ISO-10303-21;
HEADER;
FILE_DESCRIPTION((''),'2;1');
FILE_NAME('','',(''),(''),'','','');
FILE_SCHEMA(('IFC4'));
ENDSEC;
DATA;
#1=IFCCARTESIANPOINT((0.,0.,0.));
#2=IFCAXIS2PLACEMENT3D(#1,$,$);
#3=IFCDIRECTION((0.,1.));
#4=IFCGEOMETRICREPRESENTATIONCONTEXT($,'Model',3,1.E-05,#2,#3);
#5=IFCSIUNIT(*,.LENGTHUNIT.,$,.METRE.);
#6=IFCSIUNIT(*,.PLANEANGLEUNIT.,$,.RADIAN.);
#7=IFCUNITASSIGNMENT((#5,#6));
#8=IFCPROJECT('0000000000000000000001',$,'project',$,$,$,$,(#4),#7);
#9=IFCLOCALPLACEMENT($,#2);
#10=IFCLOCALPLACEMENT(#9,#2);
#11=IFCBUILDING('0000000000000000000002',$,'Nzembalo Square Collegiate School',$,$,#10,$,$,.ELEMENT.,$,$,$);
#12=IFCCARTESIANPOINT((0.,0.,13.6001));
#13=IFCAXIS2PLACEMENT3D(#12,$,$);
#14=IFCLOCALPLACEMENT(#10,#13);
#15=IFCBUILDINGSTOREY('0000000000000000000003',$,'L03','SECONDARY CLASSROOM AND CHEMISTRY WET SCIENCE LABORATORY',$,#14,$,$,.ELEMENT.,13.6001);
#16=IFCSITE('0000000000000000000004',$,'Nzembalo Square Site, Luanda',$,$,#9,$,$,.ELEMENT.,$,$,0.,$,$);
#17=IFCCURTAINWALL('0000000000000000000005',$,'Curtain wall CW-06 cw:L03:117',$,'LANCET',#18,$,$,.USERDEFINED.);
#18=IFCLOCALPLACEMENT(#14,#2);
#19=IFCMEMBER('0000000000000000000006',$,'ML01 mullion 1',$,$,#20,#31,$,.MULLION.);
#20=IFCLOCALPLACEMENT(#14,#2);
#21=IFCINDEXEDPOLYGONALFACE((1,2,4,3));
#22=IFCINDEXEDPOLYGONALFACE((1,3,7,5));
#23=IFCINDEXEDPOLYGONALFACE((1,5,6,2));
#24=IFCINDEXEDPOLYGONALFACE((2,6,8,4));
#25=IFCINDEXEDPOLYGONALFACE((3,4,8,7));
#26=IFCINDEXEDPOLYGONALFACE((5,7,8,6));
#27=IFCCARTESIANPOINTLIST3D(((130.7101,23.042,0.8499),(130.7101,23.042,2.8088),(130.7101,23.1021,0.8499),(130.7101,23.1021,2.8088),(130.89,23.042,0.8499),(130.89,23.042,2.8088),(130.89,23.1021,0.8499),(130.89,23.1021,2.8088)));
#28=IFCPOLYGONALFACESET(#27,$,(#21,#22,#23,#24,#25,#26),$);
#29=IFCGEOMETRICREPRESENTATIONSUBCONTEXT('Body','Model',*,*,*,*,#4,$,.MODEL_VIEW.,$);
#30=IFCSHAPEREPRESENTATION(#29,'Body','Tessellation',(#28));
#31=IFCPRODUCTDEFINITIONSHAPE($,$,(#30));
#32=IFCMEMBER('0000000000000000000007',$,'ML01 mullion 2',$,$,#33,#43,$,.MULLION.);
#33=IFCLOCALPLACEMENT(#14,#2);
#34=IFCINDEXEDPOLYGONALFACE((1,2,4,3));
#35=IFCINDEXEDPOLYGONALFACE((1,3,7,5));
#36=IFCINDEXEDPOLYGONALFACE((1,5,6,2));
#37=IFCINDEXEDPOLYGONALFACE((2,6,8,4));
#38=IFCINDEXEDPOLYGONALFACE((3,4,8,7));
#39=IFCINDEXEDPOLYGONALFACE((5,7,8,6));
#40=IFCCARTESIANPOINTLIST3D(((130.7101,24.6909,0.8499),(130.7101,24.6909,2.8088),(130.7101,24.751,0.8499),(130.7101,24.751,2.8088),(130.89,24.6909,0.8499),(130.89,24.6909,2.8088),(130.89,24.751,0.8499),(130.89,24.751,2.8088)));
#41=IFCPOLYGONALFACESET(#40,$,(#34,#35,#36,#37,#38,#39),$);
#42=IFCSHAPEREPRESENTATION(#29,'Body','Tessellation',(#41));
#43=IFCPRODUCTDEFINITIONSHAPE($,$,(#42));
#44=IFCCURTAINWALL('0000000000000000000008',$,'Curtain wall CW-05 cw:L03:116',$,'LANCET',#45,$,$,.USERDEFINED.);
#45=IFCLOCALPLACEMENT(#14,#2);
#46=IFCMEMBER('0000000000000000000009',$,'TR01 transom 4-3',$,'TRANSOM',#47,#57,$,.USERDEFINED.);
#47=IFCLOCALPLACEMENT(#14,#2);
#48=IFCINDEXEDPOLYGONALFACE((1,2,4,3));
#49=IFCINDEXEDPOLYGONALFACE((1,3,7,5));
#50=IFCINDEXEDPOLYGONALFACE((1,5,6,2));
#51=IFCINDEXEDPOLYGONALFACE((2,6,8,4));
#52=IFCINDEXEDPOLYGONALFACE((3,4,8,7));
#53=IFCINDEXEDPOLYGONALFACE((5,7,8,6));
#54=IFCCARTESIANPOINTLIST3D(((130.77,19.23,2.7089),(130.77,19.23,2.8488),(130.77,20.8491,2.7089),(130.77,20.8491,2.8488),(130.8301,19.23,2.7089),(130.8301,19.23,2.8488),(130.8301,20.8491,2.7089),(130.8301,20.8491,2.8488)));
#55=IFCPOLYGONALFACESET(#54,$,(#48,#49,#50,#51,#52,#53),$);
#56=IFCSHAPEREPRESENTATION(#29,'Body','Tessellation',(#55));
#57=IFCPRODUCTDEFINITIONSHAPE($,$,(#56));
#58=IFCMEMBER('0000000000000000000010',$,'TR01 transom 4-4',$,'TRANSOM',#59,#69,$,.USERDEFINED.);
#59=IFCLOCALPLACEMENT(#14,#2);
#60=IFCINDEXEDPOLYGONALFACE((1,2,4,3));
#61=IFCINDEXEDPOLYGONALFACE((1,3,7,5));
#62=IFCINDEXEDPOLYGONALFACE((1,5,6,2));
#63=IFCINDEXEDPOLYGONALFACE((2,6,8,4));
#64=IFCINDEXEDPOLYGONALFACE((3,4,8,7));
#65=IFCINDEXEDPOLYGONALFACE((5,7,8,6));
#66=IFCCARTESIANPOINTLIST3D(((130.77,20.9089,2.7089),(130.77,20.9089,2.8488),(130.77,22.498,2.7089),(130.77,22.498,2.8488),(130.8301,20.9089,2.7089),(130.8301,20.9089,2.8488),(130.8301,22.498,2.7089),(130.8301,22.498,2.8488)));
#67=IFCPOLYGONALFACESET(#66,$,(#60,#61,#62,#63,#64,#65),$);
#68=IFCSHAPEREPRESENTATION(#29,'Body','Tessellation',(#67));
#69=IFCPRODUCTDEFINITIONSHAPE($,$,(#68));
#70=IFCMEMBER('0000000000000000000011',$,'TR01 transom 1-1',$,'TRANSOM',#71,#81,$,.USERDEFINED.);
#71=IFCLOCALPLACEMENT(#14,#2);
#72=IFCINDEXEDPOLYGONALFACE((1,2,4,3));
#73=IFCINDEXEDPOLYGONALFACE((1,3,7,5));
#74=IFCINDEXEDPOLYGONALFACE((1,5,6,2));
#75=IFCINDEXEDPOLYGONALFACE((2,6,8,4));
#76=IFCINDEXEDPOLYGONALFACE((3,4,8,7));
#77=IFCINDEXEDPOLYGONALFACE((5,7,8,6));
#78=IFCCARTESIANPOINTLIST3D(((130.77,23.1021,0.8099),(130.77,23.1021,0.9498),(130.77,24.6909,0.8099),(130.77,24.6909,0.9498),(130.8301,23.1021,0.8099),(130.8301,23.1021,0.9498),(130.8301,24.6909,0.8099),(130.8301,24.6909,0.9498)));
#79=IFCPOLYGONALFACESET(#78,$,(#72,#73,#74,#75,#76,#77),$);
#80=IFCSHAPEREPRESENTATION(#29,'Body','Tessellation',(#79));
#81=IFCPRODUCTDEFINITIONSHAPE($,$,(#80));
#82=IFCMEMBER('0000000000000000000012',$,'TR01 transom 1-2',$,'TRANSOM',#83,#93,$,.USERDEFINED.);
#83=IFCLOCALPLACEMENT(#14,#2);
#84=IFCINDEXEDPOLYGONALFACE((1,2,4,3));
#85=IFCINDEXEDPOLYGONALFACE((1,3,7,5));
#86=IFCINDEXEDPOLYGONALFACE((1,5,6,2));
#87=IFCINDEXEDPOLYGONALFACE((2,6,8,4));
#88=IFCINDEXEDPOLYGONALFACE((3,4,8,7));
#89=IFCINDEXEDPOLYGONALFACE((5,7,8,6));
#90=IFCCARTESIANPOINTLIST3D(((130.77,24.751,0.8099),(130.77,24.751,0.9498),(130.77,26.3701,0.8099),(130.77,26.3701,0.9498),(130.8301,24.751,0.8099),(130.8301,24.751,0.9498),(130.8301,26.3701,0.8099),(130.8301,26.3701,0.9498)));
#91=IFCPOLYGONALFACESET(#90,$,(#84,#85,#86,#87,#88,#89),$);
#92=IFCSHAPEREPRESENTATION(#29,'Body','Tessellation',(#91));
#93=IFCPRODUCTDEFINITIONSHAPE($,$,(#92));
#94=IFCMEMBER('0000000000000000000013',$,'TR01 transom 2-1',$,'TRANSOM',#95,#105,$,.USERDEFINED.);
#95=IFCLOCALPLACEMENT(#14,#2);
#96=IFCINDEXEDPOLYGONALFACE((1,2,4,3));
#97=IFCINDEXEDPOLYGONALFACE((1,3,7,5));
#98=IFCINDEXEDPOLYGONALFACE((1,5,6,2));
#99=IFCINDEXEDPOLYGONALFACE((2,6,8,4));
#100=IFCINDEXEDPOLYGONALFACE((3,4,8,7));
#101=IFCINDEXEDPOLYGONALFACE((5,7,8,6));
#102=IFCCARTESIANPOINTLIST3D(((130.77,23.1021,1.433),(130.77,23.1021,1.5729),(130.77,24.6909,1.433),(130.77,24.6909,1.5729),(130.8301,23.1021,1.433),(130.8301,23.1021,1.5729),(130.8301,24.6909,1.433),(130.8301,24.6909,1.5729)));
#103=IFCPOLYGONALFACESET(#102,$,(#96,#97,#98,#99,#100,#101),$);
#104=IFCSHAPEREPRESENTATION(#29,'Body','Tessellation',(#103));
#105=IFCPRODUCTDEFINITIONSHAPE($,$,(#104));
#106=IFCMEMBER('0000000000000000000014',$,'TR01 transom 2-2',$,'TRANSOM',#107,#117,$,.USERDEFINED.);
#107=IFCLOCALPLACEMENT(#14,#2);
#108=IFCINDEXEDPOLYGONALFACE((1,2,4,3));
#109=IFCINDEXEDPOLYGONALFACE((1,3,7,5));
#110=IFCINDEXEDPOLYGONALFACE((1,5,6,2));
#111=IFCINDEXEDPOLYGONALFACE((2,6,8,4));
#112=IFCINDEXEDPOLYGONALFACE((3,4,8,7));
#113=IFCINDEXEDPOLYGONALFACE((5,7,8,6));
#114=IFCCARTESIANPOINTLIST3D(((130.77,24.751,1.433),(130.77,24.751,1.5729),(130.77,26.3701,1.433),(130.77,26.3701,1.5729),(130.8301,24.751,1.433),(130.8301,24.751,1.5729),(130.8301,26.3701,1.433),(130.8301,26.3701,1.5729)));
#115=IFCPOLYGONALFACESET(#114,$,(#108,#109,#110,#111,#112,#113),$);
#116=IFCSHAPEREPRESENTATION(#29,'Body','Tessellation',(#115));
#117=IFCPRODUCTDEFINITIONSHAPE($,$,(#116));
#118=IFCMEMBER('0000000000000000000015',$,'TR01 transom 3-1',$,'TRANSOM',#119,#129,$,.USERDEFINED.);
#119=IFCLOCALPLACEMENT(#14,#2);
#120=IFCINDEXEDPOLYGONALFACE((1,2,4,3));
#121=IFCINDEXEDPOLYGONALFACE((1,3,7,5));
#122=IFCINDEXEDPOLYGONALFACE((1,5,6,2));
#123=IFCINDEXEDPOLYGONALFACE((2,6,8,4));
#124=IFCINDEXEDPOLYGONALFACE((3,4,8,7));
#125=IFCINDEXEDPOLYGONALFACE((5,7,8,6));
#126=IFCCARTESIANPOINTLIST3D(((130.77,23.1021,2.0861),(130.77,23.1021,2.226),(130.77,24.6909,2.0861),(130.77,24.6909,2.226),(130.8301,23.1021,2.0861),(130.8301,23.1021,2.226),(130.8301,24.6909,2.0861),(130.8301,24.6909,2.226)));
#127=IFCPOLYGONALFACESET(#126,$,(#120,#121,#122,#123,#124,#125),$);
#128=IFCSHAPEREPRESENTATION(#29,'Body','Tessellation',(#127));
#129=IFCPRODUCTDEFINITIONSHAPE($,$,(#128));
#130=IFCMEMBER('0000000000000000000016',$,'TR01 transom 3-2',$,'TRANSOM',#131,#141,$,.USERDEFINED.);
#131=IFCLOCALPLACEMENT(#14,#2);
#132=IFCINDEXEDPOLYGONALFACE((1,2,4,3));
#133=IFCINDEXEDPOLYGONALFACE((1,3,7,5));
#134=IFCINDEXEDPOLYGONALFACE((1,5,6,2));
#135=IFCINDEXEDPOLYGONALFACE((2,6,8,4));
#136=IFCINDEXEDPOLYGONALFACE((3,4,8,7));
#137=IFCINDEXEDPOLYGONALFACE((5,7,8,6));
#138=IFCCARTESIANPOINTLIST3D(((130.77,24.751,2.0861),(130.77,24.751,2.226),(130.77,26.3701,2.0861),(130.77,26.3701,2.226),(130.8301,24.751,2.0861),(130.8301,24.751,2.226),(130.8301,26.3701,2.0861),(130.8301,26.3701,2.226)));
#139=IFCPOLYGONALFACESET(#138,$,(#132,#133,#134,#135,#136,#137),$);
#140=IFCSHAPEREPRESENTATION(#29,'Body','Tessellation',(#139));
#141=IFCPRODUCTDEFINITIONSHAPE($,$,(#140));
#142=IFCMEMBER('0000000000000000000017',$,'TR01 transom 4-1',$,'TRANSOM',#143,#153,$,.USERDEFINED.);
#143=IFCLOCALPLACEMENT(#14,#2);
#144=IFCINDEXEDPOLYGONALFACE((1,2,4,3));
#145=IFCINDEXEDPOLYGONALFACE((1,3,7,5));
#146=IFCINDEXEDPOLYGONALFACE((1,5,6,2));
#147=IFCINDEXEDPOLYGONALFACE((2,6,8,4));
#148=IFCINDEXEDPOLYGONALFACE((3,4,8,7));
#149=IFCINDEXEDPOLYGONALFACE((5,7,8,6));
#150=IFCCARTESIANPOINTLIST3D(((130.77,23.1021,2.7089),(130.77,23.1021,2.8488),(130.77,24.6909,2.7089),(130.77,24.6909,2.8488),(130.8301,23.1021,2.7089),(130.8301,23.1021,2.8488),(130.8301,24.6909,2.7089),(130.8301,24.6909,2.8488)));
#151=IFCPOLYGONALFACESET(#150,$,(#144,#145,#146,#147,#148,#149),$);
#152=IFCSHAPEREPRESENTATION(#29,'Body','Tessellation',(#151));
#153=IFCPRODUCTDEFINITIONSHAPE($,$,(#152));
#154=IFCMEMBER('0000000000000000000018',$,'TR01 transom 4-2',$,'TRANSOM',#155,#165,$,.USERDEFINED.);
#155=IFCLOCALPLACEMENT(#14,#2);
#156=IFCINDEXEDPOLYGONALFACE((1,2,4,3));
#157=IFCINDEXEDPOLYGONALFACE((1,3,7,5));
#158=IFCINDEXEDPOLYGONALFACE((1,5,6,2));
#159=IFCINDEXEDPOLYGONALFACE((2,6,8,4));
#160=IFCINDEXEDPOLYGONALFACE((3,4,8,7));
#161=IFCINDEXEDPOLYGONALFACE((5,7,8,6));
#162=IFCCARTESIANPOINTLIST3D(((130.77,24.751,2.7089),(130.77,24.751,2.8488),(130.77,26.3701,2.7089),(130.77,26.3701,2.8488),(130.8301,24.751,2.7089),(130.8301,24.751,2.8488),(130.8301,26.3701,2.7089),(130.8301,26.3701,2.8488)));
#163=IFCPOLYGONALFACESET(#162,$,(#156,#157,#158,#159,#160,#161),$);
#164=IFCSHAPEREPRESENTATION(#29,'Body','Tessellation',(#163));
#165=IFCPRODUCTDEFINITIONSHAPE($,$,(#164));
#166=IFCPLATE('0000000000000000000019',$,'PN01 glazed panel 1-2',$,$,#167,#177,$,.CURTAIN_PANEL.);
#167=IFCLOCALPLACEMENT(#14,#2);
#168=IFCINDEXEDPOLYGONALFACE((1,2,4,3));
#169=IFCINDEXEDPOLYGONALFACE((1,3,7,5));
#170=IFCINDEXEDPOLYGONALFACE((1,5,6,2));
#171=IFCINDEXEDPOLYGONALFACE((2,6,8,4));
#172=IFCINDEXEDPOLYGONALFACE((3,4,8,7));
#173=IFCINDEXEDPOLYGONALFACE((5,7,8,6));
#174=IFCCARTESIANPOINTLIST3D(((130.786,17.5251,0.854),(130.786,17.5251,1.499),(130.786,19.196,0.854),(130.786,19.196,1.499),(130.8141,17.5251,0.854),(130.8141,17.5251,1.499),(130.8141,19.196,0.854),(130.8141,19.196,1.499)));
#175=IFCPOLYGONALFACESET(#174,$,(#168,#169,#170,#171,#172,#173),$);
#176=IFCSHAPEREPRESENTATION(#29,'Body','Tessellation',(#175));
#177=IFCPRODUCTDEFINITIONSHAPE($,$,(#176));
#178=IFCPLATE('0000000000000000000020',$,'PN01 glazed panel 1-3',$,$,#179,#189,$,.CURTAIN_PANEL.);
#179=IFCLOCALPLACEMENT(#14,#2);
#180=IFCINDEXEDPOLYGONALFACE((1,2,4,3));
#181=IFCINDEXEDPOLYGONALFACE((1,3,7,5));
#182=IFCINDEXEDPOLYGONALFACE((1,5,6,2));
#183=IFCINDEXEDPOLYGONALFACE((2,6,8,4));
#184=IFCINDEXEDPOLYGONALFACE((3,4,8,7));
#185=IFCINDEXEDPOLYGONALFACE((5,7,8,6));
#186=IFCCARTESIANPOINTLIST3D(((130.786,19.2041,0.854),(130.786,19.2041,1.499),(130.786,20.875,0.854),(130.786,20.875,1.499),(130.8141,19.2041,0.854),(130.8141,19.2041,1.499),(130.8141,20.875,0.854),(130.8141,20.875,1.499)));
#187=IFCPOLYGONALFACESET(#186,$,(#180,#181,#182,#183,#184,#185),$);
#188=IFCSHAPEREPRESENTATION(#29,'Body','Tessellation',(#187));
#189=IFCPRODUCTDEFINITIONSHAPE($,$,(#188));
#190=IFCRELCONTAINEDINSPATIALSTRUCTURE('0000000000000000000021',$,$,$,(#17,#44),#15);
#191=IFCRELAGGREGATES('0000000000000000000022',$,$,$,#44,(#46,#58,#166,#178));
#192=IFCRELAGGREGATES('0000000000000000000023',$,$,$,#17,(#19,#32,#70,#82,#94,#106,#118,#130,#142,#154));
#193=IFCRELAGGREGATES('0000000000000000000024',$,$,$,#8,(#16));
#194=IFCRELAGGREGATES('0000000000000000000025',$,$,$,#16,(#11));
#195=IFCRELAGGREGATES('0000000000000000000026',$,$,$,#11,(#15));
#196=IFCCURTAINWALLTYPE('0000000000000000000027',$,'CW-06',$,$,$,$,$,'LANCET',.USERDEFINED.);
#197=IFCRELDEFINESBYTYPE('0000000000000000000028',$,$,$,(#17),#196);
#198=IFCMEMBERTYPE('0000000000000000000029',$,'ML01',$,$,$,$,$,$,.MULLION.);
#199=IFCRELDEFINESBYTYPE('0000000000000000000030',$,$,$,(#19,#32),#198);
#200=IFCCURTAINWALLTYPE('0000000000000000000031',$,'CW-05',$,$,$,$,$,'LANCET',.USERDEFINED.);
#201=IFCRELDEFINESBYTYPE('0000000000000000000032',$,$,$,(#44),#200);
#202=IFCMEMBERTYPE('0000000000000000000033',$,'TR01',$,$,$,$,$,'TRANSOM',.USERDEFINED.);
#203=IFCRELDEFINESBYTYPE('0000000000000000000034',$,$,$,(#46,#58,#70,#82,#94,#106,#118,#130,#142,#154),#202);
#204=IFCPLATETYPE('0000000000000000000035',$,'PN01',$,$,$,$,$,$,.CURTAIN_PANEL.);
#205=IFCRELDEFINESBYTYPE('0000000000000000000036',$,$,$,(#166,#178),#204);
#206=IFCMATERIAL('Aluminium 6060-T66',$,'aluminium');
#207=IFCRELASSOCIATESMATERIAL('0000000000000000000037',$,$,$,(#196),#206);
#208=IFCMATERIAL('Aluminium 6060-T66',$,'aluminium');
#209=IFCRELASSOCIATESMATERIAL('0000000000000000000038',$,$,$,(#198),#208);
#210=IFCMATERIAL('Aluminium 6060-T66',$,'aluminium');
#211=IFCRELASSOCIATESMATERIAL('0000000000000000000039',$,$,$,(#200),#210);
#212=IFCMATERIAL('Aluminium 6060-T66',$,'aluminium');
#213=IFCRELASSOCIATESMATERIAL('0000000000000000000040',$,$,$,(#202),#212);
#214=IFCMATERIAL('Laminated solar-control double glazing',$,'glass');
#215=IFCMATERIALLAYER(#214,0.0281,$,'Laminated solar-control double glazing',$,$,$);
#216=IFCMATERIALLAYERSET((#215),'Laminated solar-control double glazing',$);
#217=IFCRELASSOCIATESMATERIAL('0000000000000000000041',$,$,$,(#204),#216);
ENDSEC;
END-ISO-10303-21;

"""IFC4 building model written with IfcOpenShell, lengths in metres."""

from ifc_helpers import new_model, si_unit, direction, frame, origin, origin_2d, place, context, subcontext, project, spatial, rectangle, extrude, material, layer, layer_set, material_profile, profile_set, type_object, element, aggregate, save


model = new_model("IFC4")

# Units and contexts
model_context = context("Model", 3, precision=1e-05, world=origin(), true_north=direction((0.0, 1.0)))
body_context = subcontext(model_context, "Body", "Model", "MODEL_VIEW")
ifc_project = project(units=[si_unit("LENGTHUNIT", "METRE"), si_unit("PLANEANGLEUNIT", "RADIAN")], contexts=[model_context])

# Site, building, storey
site_placement = place(None, origin())
site = spatial("IfcSite", under=ifc_project, at=site_placement, Name="Nzembalo Square Site, Luanda", CompositionType="ELEMENT", RefElevation=0.0)
building_placement = place(site_placement, origin())
building = spatial("IfcBuilding", under=site, at=building_placement, Name="Nzembalo Square Collegiate School", CompositionType="ELEMENT")
storey_placement = place(building_placement, frame((0.0, 0.0, 13.6001)))
storey = spatial("IfcBuildingStorey", under=building, at=storey_placement, Name="L03", Description="SECONDARY CLASSROOM AND CHEMISTRY WET SCIENCE LABORATORY", CompositionType="ELEMENT", Elevation=13.6001)

# Curtain walls, members
ifc_material_1 = material(Name="Aluminium 6060-T66", Category="aluminium")
curtain_wall_type_1 = type_object("IfcCurtainWallType", Name="CW-06", ElementType="LANCET", PredefinedType="USERDEFINED", material=ifc_material_1)
curtain_wall_1_placement = place(storey_placement, origin())
curtain_wall_1 = element("IfcCurtainWall", 1, at=curtain_wall_1_placement, inside=storey, type_object=curtain_wall_type_1, Name="Curtain wall CW-06 cw:L03:117", ObjectType="LANCET", PredefinedType="USERDEFINED")
ifc_material_2 = material(Name="Aluminium 6060-T66", Category="aluminium")
ifc_material_profile_1 = material_profile(ifc_material_2, rectangle(XDim=0.0601, YDim=0.1799, at=origin_2d()), Name="ALU M60x180")
ifc_profile_set_1 = profile_set([ifc_material_profile_1], Name="Aluminium 6060-T66")
member_type_1 = type_object("IfcMemberType", Name="ML01", PredefinedType="MULLION", material=ifc_profile_set_1)
member_1_placement = place(storey_placement, frame((130.8, 23.072, 0.8499), z_axis=(0.0, 0.0, 1.0), x_axis=(0.0, 1.0, 0.0)))
member_1 = element("IfcMember", 2, at=member_1_placement, type_object=member_type_1, Name="ML01 mullion 1", PredefinedType="MULLION", context=body_context, shape_type="SweptSolid", body=[
    extrude(rectangle(XDim=0.0601, YDim=0.1799, at=origin_2d()), origin(), (0.0, 0.0, 1.0), 1.959),
])
member_2_placement = place(storey_placement, frame((130.8, 24.7209, 0.8499), z_axis=(0.0, 0.0, 1.0), x_axis=(0.0, 1.0, 0.0)))
member_2 = element("IfcMember", 3, at=member_2_placement, type_object=member_type_1, Name="ML01 mullion 2", PredefinedType="MULLION", context=body_context, shape_type="SweptSolid", body=[
    extrude(rectangle(XDim=0.0601, YDim=0.1799, at=origin_2d()), origin(), (0.0, 0.0, 1.0), 1.959),
])
ifc_material_3 = material(Name="Aluminium 6060-T66", Category="aluminium")
curtain_wall_type_2 = type_object("IfcCurtainWallType", Name="CW-05", ElementType="LANCET", PredefinedType="USERDEFINED", material=ifc_material_3)
curtain_wall_2_placement = place(storey_placement, origin())
curtain_wall_2 = element("IfcCurtainWall", 4, at=curtain_wall_2_placement, inside=storey, type_object=curtain_wall_type_2, Name="Curtain wall CW-05 cw:L03:116", ObjectType="LANCET", PredefinedType="USERDEFINED")
ifc_material_4 = material(Name="Aluminium 6060-T66", Category="aluminium")
ifc_material_profile_2 = material_profile(ifc_material_4, rectangle(XDim=0.0601, YDim=0.1399, at=origin_2d()), Name="ALU T60x140")
ifc_profile_set_2 = profile_set([ifc_material_profile_2], Name="Aluminium 6060-T66")
member_type_2 = type_object("IfcMemberType", Name="TR01", ElementType="TRANSOM", PredefinedType="USERDEFINED", material=ifc_profile_set_2)
member_3_placement = place(storey_placement, frame((130.8, 19.23, 2.7788), z_axis=(0.0, 1.0, 0.0), x_axis=(-1.0, 0.0, 0.0)))
member_3 = element("IfcMember", 5, at=member_3_placement, type_object=member_type_2, Name="TR01 transom 4-3", ObjectType="TRANSOM", PredefinedType="USERDEFINED", context=body_context, shape_type="SweptSolid", body=[
    extrude(rectangle(XDim=0.0601, YDim=0.1399, at=origin_2d()), origin(), (0.0, 0.0, 1.0), 1.6191),
])
member_4_placement = place(storey_placement, frame((130.8, 20.9089, 2.7788), z_axis=(0.0, 1.0, 0.0), x_axis=(-1.0, 0.0, 0.0)))
member_4 = element("IfcMember", 6, at=member_4_placement, type_object=member_type_2, Name="TR01 transom 4-4", ObjectType="TRANSOM", PredefinedType="USERDEFINED", context=body_context, shape_type="SweptSolid", body=[
    extrude(rectangle(XDim=0.0601, YDim=0.1399, at=origin_2d()), origin(), (0.0, 0.0, 1.0), 1.5891),
])

# Members
member_5_placement = place(storey_placement, frame((130.8, 23.1021, 0.8799), z_axis=(0.0, 1.0, 0.0), x_axis=(-1.0, 0.0, 0.0)))
member_5 = element("IfcMember", 7, at=member_5_placement, type_object=member_type_2, Name="TR01 transom 1-1", ObjectType="TRANSOM", PredefinedType="USERDEFINED", context=body_context, shape_type="SweptSolid", body=[
    extrude(rectangle(XDim=0.0601, YDim=0.1399, at=origin_2d()), origin(), (0.0, 0.0, 1.0), 1.5889),
])
member_6_placement = place(storey_placement, frame((130.8, 24.751, 0.8799), z_axis=(0.0, 1.0, 0.0), x_axis=(-1.0, 0.0, 0.0)))
member_6 = element("IfcMember", 8, at=member_6_placement, type_object=member_type_2, Name="TR01 transom 1-2", ObjectType="TRANSOM", PredefinedType="USERDEFINED", context=body_context, shape_type="SweptSolid", body=[
    extrude(rectangle(XDim=0.0601, YDim=0.1399, at=origin_2d()), origin(), (0.0, 0.0, 1.0), 1.6191),
])
member_7_placement = place(storey_placement, frame((130.8, 23.1021, 1.5029), z_axis=(0.0, 1.0, 0.0), x_axis=(-1.0, 0.0, 0.0)))
member_7 = element("IfcMember", 9, at=member_7_placement, type_object=member_type_2, Name="TR01 transom 2-1", ObjectType="TRANSOM", PredefinedType="USERDEFINED", context=body_context, shape_type="SweptSolid", body=[
    extrude(rectangle(XDim=0.0601, YDim=0.1399, at=origin_2d()), origin(), (0.0, 0.0, 1.0), 1.5889),
])
member_8_placement = place(storey_placement, frame((130.8, 24.751, 1.5029), z_axis=(0.0, 1.0, 0.0), x_axis=(-1.0, 0.0, 0.0)))
member_8 = element("IfcMember", 10, at=member_8_placement, type_object=member_type_2, Name="TR01 transom 2-2", ObjectType="TRANSOM", PredefinedType="USERDEFINED", context=body_context, shape_type="SweptSolid", body=[
    extrude(rectangle(XDim=0.0601, YDim=0.1399, at=origin_2d()), origin(), (0.0, 0.0, 1.0), 1.6191),
])
member_9_placement = place(storey_placement, frame((130.8, 23.1021, 2.156), z_axis=(0.0, 1.0, 0.0), x_axis=(-1.0, 0.0, 0.0)))
member_9 = element("IfcMember", 11, at=member_9_placement, type_object=member_type_2, Name="TR01 transom 3-1", ObjectType="TRANSOM", PredefinedType="USERDEFINED", context=body_context, shape_type="SweptSolid", body=[
    extrude(rectangle(XDim=0.0601, YDim=0.1399, at=origin_2d()), origin(), (0.0, 0.0, 1.0), 1.5889),
])
member_10_placement = place(storey_placement, frame((130.8, 24.751, 2.156), z_axis=(0.0, 1.0, 0.0), x_axis=(-1.0, 0.0, 0.0)))
member_10 = element("IfcMember", 12, at=member_10_placement, type_object=member_type_2, Name="TR01 transom 3-2", ObjectType="TRANSOM", PredefinedType="USERDEFINED", context=body_context, shape_type="SweptSolid", body=[
    extrude(rectangle(XDim=0.0601, YDim=0.1399, at=origin_2d()), origin(), (0.0, 0.0, 1.0), 1.6191),
])
member_11_placement = place(storey_placement, frame((130.8, 23.1021, 2.7788), z_axis=(0.0, 1.0, 0.0), x_axis=(-1.0, 0.0, 0.0)))
member_11 = element("IfcMember", 13, at=member_11_placement, type_object=member_type_2, Name="TR01 transom 4-1", ObjectType="TRANSOM", PredefinedType="USERDEFINED", context=body_context, shape_type="SweptSolid", body=[
    extrude(rectangle(XDim=0.0601, YDim=0.1399, at=origin_2d()), origin(), (0.0, 0.0, 1.0), 1.5889),
])
member_12_placement = place(storey_placement, frame((130.8, 24.751, 2.7788), z_axis=(0.0, 1.0, 0.0), x_axis=(-1.0, 0.0, 0.0)))
member_12 = element("IfcMember", 14, at=member_12_placement, type_object=member_type_2, Name="TR01 transom 4-2", ObjectType="TRANSOM", PredefinedType="USERDEFINED", context=body_context, shape_type="SweptSolid", body=[
    extrude(rectangle(XDim=0.0601, YDim=0.1399, at=origin_2d()), origin(), (0.0, 0.0, 1.0), 1.6191),
])

# Plates
ifc_material_5 = material(Name="Laminated solar-control double glazing", Category="glass")
ifc_layer_1 = layer(ifc_material_5, 0.0281, Name="Laminated solar-control double glazing")
ifc_layer_set_1 = layer_set([ifc_layer_1], Name="Laminated solar-control double glazing")
plate_type_1 = type_object("IfcPlateType", Name="PN01", PredefinedType="CURTAIN_PANEL", material=ifc_layer_set_1)
plate_1_placement = place(storey_placement, frame((130.8, 18.3606, 0.854), z_axis=(0.0, 0.0, 1.0), x_axis=(0.0, 1.0, 0.0)))
plate_1 = element("IfcPlate", 15, at=plate_1_placement, type_object=plate_type_1, Name="PN01 glazed panel 1-2", PredefinedType="CURTAIN_PANEL", context=body_context, shape_type="SweptSolid", body=[
    extrude(rectangle(XDim=1.6709, YDim=0.0281, at=origin_2d()), origin(), (0.0, 0.0, 1.0), 0.645),
])
plate_2_placement = place(storey_placement, frame((130.8, 20.0396, 0.854), z_axis=(0.0, 0.0, 1.0), x_axis=(0.0, 1.0, 0.0)))
plate_2 = element("IfcPlate", 16, at=plate_2_placement, type_object=plate_type_1, Name="PN01 glazed panel 1-3", PredefinedType="CURTAIN_PANEL", context=body_context, shape_type="SweptSolid", body=[
    extrude(rectangle(XDim=1.6709, YDim=0.0281, at=origin_2d()), origin(), (0.0, 0.0, 1.0), 0.645),
])
aggregate(curtain_wall_2, [member_3, member_4, plate_1, plate_2])
aggregate(curtain_wall_1, [member_1, member_2, member_5, member_6, member_7, member_8, member_9, member_10, member_11, member_12])

save(model, "model.ifc")
